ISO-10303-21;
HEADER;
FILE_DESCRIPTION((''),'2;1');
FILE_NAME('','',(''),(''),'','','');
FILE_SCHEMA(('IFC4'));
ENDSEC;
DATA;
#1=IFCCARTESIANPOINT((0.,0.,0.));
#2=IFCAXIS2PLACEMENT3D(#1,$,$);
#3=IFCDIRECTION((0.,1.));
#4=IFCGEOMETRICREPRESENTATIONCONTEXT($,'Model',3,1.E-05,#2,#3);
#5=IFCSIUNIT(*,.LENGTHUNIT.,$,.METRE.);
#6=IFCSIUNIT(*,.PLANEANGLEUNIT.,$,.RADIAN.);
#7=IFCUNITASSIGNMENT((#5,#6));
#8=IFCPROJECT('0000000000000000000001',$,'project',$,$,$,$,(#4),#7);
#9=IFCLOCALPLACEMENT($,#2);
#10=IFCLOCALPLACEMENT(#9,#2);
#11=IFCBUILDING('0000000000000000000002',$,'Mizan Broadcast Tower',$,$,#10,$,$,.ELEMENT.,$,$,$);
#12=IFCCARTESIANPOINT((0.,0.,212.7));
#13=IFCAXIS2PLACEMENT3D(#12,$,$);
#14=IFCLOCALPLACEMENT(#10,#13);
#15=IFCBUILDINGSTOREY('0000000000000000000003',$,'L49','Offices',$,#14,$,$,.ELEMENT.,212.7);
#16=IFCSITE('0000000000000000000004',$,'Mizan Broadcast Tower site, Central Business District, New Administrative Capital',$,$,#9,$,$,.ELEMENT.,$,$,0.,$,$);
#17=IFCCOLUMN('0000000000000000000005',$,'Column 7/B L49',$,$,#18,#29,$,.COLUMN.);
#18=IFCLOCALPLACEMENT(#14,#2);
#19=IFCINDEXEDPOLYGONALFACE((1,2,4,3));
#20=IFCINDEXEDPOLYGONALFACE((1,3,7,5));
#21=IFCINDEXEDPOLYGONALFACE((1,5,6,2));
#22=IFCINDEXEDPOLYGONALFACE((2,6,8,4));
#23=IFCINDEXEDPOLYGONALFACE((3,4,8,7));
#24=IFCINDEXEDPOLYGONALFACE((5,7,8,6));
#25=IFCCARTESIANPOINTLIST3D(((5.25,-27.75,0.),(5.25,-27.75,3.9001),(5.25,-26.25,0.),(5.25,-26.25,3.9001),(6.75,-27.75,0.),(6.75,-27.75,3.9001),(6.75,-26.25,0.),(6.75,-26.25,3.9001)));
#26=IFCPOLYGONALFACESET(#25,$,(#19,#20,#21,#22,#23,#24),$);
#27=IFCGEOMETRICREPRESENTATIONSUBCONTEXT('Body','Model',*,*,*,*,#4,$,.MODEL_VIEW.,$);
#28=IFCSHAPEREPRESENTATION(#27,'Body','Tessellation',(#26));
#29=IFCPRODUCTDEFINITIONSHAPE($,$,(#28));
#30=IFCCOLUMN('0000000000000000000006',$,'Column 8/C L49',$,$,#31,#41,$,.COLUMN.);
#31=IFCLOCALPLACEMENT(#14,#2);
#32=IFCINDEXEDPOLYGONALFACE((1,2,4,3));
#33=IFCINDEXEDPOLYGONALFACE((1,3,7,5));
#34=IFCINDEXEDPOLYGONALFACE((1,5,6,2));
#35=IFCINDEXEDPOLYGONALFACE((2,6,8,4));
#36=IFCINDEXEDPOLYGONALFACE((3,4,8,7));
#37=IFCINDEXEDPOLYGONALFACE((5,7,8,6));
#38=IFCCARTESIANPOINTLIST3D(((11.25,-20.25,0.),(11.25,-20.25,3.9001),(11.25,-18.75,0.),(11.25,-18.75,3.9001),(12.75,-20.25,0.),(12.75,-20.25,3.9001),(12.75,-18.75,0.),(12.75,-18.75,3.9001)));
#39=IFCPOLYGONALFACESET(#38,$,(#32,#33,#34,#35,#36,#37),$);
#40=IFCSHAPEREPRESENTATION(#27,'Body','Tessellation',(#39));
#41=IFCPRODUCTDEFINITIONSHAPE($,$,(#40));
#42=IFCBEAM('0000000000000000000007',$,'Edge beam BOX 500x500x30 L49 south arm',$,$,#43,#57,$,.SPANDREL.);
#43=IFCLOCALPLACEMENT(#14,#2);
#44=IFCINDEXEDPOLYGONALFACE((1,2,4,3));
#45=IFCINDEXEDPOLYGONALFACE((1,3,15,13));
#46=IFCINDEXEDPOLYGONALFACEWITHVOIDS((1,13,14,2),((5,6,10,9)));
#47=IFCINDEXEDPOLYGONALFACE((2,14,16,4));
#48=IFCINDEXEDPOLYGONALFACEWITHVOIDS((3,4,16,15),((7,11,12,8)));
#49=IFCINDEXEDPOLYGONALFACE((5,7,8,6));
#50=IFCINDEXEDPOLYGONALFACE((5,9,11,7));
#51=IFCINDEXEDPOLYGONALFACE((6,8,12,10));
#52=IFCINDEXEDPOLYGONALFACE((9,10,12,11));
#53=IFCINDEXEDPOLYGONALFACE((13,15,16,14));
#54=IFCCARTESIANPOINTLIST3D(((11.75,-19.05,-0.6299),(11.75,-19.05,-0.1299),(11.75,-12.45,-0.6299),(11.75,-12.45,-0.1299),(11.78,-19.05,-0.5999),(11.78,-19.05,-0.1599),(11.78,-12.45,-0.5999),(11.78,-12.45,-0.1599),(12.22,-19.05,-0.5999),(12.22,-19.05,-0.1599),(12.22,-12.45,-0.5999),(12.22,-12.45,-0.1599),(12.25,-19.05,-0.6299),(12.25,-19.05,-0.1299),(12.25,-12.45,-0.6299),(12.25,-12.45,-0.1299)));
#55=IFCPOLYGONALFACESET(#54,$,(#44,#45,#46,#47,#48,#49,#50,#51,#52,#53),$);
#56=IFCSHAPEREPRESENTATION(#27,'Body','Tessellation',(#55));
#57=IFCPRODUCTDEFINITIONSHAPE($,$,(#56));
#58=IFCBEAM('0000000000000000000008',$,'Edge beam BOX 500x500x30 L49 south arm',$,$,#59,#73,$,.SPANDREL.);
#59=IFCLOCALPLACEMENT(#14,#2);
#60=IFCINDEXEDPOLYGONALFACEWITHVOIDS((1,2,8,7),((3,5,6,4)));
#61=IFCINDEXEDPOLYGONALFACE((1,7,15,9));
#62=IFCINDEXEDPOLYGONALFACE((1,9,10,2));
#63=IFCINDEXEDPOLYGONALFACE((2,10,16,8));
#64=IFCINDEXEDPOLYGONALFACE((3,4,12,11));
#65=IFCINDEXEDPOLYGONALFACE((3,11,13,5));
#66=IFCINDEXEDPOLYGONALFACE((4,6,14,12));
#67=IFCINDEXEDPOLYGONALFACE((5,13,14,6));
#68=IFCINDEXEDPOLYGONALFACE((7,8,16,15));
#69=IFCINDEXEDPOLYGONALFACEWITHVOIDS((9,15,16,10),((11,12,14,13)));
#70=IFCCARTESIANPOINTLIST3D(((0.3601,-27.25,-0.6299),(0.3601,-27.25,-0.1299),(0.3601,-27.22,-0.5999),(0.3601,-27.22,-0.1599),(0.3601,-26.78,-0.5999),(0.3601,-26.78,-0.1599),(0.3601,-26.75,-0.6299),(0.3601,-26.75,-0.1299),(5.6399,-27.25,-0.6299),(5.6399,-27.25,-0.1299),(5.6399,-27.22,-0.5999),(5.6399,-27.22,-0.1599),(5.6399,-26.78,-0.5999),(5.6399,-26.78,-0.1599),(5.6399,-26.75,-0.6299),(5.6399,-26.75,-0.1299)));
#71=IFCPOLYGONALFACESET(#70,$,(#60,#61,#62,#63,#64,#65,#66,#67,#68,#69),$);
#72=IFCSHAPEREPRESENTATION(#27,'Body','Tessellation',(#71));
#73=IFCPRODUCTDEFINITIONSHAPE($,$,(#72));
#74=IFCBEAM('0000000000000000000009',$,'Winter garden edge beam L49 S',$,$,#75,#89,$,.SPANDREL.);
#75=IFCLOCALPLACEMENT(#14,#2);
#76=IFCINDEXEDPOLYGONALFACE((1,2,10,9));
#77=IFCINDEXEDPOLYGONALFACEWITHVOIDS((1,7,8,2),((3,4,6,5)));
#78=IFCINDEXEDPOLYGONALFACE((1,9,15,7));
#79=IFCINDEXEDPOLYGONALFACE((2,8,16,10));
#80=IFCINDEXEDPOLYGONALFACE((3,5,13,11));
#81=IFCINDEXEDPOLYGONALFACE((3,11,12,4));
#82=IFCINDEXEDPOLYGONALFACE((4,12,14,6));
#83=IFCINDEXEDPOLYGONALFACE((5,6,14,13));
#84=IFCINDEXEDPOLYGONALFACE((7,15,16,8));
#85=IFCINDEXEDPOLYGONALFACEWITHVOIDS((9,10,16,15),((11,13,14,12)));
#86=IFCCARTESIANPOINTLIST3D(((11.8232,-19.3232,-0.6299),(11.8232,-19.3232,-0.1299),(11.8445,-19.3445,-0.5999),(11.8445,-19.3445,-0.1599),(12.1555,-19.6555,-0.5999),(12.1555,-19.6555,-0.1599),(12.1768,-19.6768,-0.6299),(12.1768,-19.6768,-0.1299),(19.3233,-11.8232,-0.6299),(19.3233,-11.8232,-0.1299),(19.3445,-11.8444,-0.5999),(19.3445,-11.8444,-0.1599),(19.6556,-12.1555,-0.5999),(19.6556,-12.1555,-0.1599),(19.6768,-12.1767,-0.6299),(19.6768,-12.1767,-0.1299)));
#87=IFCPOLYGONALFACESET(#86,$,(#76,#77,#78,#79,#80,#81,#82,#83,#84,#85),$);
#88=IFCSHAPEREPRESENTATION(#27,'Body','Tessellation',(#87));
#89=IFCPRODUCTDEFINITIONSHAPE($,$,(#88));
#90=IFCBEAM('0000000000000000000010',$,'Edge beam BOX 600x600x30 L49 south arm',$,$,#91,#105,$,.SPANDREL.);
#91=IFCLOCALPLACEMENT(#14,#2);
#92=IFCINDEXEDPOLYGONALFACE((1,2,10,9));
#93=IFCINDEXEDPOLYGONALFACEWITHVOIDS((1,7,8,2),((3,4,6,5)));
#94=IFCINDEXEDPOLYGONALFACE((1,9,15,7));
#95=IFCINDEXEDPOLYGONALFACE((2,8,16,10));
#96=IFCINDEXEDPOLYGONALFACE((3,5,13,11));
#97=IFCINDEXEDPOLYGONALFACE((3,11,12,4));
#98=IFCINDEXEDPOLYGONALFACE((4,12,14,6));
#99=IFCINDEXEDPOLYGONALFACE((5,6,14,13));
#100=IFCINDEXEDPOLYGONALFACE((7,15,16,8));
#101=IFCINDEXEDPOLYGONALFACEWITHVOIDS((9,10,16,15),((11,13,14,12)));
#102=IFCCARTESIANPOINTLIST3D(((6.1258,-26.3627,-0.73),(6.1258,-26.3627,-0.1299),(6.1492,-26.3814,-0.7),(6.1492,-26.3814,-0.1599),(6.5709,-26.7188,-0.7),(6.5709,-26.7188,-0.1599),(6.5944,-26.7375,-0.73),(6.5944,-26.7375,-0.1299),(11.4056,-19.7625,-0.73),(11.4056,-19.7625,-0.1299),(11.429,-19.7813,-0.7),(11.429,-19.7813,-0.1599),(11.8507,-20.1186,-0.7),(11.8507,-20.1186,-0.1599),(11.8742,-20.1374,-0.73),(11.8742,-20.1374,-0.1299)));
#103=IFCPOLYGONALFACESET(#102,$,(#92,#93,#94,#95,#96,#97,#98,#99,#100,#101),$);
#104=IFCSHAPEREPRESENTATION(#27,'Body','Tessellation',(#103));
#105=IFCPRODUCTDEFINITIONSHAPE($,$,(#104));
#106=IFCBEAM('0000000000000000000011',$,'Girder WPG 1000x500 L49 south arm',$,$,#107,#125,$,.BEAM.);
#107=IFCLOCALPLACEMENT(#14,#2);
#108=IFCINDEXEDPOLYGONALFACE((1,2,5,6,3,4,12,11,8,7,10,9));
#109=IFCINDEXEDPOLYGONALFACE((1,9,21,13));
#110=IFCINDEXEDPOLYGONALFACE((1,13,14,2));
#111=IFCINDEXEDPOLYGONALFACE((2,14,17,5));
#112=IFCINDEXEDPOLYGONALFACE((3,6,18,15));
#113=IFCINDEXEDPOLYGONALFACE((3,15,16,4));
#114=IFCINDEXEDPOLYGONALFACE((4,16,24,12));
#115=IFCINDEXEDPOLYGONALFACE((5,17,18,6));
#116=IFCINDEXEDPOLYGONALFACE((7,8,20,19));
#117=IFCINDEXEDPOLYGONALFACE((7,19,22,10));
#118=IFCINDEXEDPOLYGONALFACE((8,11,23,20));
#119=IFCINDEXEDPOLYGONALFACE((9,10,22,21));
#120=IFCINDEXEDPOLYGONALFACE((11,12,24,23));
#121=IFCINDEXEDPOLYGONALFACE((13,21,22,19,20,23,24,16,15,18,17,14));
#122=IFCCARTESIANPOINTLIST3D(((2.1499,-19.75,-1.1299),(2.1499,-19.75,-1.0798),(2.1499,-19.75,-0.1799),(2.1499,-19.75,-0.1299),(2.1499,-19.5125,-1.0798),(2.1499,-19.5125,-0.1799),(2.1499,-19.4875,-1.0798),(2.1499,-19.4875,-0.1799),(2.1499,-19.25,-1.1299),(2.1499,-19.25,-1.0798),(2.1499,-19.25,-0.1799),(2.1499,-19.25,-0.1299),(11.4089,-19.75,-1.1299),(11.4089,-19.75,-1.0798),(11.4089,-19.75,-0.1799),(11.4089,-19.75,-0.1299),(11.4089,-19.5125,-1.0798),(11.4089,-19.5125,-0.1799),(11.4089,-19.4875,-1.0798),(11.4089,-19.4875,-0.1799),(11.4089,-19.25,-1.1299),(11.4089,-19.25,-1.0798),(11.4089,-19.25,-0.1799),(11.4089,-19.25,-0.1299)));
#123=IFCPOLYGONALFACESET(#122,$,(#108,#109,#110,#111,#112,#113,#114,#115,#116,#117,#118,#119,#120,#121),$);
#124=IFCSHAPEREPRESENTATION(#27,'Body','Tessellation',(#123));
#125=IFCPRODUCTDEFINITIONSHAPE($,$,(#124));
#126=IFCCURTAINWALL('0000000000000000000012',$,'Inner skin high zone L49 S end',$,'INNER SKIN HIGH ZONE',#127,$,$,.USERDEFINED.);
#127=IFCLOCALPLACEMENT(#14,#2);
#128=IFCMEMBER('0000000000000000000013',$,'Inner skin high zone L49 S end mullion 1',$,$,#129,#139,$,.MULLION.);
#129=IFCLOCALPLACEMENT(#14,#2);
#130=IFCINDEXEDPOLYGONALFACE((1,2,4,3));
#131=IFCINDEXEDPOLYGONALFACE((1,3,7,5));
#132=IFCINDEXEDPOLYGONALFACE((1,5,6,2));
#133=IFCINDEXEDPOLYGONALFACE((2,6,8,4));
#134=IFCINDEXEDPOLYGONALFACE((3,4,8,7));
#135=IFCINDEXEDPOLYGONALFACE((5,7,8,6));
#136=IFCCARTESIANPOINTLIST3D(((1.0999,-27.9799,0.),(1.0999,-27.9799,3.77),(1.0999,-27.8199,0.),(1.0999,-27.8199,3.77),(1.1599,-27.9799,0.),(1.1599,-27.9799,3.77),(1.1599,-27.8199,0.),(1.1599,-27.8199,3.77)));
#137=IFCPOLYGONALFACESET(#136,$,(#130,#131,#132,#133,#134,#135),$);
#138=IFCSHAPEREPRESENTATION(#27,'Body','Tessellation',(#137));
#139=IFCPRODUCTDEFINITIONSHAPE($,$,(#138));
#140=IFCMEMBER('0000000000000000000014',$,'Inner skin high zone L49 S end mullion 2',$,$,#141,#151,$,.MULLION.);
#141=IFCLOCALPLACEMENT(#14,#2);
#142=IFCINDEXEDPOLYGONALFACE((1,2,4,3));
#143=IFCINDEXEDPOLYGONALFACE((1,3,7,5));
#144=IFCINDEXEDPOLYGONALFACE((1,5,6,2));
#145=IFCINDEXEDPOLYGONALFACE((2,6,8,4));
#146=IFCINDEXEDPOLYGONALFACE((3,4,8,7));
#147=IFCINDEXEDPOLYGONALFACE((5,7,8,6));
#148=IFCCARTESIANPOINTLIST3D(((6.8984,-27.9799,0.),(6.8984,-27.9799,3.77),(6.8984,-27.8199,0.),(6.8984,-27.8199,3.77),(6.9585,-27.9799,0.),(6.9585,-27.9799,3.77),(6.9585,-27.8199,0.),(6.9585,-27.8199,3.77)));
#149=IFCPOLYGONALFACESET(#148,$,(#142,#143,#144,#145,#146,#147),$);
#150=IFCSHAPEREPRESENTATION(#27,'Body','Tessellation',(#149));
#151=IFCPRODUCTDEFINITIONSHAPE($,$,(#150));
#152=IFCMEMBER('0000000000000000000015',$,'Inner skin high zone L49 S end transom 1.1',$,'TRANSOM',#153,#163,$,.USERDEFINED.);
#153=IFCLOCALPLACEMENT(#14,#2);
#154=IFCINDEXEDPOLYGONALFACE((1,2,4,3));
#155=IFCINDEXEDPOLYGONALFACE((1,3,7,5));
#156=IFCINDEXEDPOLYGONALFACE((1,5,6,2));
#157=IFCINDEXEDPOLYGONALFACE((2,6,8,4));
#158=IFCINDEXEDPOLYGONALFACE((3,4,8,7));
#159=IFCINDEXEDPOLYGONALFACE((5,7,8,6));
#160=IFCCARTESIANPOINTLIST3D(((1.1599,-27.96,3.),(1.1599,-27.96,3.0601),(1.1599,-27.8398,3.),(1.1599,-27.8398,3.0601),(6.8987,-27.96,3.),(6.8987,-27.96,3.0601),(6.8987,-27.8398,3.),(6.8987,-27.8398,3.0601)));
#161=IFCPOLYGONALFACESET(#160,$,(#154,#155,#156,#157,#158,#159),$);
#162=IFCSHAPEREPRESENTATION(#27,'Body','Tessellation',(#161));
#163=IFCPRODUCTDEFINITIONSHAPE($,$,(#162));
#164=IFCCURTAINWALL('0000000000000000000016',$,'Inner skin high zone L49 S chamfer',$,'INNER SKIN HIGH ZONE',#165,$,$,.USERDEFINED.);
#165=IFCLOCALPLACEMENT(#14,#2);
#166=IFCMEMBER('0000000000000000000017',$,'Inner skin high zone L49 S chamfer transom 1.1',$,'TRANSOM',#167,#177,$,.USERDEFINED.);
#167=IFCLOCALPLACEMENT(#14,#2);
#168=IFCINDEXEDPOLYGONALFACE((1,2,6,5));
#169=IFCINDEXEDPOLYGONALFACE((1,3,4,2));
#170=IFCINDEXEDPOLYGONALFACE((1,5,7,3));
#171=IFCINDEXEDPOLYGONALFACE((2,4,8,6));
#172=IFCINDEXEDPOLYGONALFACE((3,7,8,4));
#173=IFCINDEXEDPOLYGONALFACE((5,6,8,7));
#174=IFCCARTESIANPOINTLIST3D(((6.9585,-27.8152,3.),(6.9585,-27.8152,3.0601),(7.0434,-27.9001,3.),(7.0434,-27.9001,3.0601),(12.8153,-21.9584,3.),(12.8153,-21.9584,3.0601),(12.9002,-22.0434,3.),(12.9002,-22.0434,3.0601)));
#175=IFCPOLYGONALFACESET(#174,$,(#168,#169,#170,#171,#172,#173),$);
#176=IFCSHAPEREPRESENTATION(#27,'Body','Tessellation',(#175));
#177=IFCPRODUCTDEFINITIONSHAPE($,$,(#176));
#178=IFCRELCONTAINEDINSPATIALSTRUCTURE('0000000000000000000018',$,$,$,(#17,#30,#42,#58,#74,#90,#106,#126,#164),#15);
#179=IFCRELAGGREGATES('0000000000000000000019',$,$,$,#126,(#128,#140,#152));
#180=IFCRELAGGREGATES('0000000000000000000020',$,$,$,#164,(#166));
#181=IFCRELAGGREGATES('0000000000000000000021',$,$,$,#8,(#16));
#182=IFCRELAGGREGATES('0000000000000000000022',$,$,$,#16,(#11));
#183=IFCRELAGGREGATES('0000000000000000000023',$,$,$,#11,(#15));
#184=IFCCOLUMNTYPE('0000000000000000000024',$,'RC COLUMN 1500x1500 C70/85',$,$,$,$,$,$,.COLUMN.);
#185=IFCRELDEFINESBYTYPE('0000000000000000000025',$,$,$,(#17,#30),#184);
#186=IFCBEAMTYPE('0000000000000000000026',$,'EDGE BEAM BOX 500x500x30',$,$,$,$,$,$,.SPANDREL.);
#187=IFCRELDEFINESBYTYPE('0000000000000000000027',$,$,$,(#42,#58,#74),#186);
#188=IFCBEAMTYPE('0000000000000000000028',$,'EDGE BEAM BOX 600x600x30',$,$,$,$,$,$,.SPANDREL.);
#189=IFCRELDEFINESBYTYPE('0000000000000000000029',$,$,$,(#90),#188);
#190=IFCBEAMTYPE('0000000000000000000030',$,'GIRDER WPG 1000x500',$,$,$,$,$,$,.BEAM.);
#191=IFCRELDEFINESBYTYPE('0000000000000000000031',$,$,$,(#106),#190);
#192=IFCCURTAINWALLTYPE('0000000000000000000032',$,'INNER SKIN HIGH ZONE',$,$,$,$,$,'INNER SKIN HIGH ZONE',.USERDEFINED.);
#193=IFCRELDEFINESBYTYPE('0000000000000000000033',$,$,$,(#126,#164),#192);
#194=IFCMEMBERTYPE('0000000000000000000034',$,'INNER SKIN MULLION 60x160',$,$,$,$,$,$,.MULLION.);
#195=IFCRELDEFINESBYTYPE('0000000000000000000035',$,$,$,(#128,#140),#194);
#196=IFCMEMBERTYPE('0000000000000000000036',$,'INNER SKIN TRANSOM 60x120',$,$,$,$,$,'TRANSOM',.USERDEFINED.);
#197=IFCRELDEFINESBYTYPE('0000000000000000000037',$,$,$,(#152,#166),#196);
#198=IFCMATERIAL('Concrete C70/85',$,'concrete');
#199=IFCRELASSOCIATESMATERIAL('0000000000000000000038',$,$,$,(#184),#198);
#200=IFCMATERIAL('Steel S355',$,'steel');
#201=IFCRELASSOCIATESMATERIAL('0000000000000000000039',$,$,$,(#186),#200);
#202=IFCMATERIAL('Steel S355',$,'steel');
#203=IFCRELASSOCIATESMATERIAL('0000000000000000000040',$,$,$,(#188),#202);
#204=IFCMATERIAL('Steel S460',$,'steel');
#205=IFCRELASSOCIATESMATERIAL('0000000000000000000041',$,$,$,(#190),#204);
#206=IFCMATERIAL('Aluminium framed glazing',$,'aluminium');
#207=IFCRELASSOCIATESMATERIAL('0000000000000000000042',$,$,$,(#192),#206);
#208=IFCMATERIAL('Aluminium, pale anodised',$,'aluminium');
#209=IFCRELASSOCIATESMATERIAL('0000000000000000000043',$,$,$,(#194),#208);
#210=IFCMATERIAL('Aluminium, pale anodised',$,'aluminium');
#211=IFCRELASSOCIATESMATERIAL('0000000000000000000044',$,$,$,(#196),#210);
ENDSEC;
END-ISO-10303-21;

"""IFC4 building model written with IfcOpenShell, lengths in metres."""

from ifc_helpers import new_model, si_unit, direction, frame, origin, origin_2d, place, context, subcontext, project, spatial, rectangle, hollow_rectangle, i_section, extrude, material, material_profile, profile_set, type_object, element, aggregate, save


model = new_model("IFC4")

# Units and contexts
model_context = context("Model", 3, precision=1e-05, world=origin(), true_north=direction((0.0, 1.0)))
body_context = subcontext(model_context, "Body", "Model", "MODEL_VIEW")
ifc_project = project(units=[si_unit("LENGTHUNIT", "METRE"), si_unit("PLANEANGLEUNIT", "RADIAN")], contexts=[model_context])

# Site, building, storey
site_placement = place(None, origin())
site = spatial("IfcSite", under=ifc_project, at=site_placement, Name="Mizan Broadcast Tower site, Central Business District, New Administrative Capital", CompositionType="ELEMENT", RefElevation=0.0)
building_placement = place(site_placement, origin())
building = spatial("IfcBuilding", under=site, at=building_placement, Name="Mizan Broadcast Tower", CompositionType="ELEMENT")
storey_placement = place(building_placement, frame((0.0, 0.0, 212.7)))
storey = spatial("IfcBuildingStorey", under=building, at=storey_placement, Name="L49", Description="Offices", CompositionType="ELEMENT", Elevation=212.7)

# Columns
ifc_material_1 = material(Name="Concrete C70/85", Category="concrete")
ifc_material_profile_1 = material_profile(ifc_material_1, rectangle(XDim=1.5, YDim=1.5, at=origin_2d()), Name="RC 1500x1500")
ifc_profile_set_1 = profile_set([ifc_material_profile_1], Name="Concrete C70/85")
column_type = type_object("IfcColumnType", Name="RC COLUMN 1500x1500 C70/85", PredefinedType="COLUMN", material=ifc_profile_set_1)
for number, where, z_axis, x_axis, name in (
    (1, (6.0, -27.0, 0.0), (0.0, 0.0, 1.0), (1.0, 0.0, 0.0), "Column 7/B L49"),
    (2, (12.0, -19.5, 0.0), (0.0, 0.0, 1.0), (1.0, 0.0, 0.0), "Column 8/C L49"),
):
    element("IfcColumn", number, at=place(storey_placement, frame(where, z_axis=z_axis, x_axis=x_axis)), inside=storey, type_object=column_type, Name=name, PredefinedType="COLUMN", context=body_context, shape_type="SweptSolid", body=[
        extrude(rectangle(XDim=1.5, YDim=1.5, at=origin_2d()), origin(), (0.0, 0.0, 1.0), 3.9001),
    ])

# Beams
ifc_material_2 = material(Name="Steel S355", Category="steel")
ifc_material_profile_2 = material_profile(ifc_material_2, hollow_rectangle(XDim=0.5, YDim=0.5, WallThickness=0.03, at=origin_2d()), Name="BOX 500x500x30")
ifc_profile_set_2 = profile_set([ifc_material_profile_2], Name="Steel S355")
beam_type_1 = type_object("IfcBeamType", Name="EDGE BEAM BOX 500x500x30", PredefinedType="SPANDREL", material=ifc_profile_set_2)
beam_1_placement = place(storey_placement, frame((12.0, -12.45, -0.3799), z_axis=(0.0, -1.0, 0.0), x_axis=(1.0, 0.0, 0.0)))
element("IfcBeam", 3, at=beam_1_placement, inside=storey, type_object=beam_type_1, Name="Edge beam BOX 500x500x30 L49 south arm", PredefinedType="SPANDREL", context=body_context, shape_type="SweptSolid", body=[
    extrude(hollow_rectangle(XDim=0.5, YDim=0.5, WallThickness=0.03, at=origin_2d()), origin(), (0.0, 0.0, 1.0), 6.6001),
])
beam_2_placement = place(storey_placement, frame((5.6399, -27.0, -0.3799), z_axis=(-1.0, 0.0, 0.0), x_axis=(0.0, -1.0, 0.0)))
element("IfcBeam", 4, at=beam_2_placement, inside=storey, type_object=beam_type_1, Name="Edge beam BOX 500x500x30 L49 south arm", PredefinedType="SPANDREL", context=body_context, shape_type="SweptSolid", body=[
    extrude(hollow_rectangle(XDim=0.5, YDim=0.5, WallThickness=0.03, at=origin_2d()), origin(), (0.0, 0.0, 1.0), 5.2798),
])
beam_3_placement = place(storey_placement, frame((12.0, -19.5, -0.3799), z_axis=(0.707107, 0.707107, 0.0), x_axis=(-0.707107, 0.707107, 0.0)))
element("IfcBeam", 5, at=beam_3_placement, inside=storey, type_object=beam_type_1, Name="Winter garden edge beam L49 S", PredefinedType="SPANDREL", context=body_context, shape_type="SweptSolid", body=[
    extrude(hollow_rectangle(XDim=0.5, YDim=0.5, WallThickness=0.03, at=origin_2d()), origin(), (0.0, 0.0, 1.0), 10.6067),
])
ifc_material_3 = material(Name="Steel S355", Category="steel")
ifc_material_profile_3 = material_profile(ifc_material_3, hollow_rectangle(XDim=0.6001, YDim=0.6001, WallThickness=0.03, at=origin_2d()), Name="BOX 600x600x30")
ifc_profile_set_3 = profile_set([ifc_material_profile_3], Name="Steel S355")
beam_type_2 = type_object("IfcBeamType", Name="EDGE BEAM BOX 600x600x30", PredefinedType="SPANDREL", material=ifc_profile_set_3)
beam_4_placement = place(storey_placement, frame((11.6399, -19.95, -0.4299), z_axis=(-0.624674, -0.780886, 0.0), x_axis=(0.780886, -0.624674, 0.0)))
element("IfcBeam", 6, at=beam_4_placement, inside=storey, type_object=beam_type_2, Name="Edge beam BOX 600x600x30 L49 south arm", PredefinedType="SPANDREL", context=body_context, shape_type="SweptSolid", body=[
    extrude(hollow_rectangle(XDim=0.6001, YDim=0.6001, WallThickness=0.03, at=origin_2d()), origin(), (0.0, 0.0, 1.0), 8.4521),
])
ifc_material_4 = material(Name="Steel S460", Category="steel")
ifc_material_profile_4 = material_profile(ifc_material_4, i_section(OverallWidth=0.5, OverallDepth=1.0, WebThickness=0.0249, FlangeThickness=0.05, at=origin_2d()), Name="WPG 1000x500")
ifc_profile_set_4 = profile_set([ifc_material_profile_4], Name="Steel S460")
beam_type_3 = type_object("IfcBeamType", Name="GIRDER WPG 1000x500", PredefinedType="BEAM", material=ifc_profile_set_4)
beam_5_placement = place(storey_placement, frame((11.4089, -19.5, -0.6299), z_axis=(-1.0, 0.0, 0.0), x_axis=(0.0, -1.0, 0.0)))
element("IfcBeam", 7, at=beam_5_placement, inside=storey, type_object=beam_type_3, Name="Girder WPG 1000x500 L49 south arm", PredefinedType="BEAM", context=body_context, shape_type="SweptSolid", body=[
    extrude(i_section(OverallWidth=0.5, OverallDepth=1.0, WebThickness=0.0249, FlangeThickness=0.05, at=origin_2d()), origin(), (0.0, 0.0, 1.0), 9.259),
])

# Curtain wall, members
ifc_material_5 = material(Name="Aluminium framed glazing", Category="aluminium")
curtain_wall_type_1 = type_object("IfcCurtainWallType", Name="INNER SKIN HIGH ZONE", ElementType="INNER SKIN HIGH ZONE", PredefinedType="USERDEFINED", material=ifc_material_5)
curtain_wall_1_placement = place(storey_placement, origin())
curtain_wall_1 = element("IfcCurtainWall", 8, at=curtain_wall_1_placement, inside=storey, type_object=curtain_wall_type_1, Name="Inner skin high zone L49 S end", ObjectType="INNER SKIN HIGH ZONE", PredefinedType="USERDEFINED")
ifc_material_6 = material(Name="Aluminium, pale anodised", Category="aluminium")
ifc_material_profile_5 = material_profile(ifc_material_6, rectangle(XDim=0.1599, YDim=0.0601, at=origin_2d()), Name="MULLION 160x60")
ifc_profile_set_5 = profile_set([ifc_material_profile_5], Name="Aluminium, pale anodised")
member_type_1 = type_object("IfcMemberType", Name="INNER SKIN MULLION 60x160", PredefinedType="MULLION", material=ifc_profile_set_5)
member_1_placement = place(storey_placement, frame((1.1299, -27.8999, 0.0), z_axis=(0.0, 0.0, 1.0), x_axis=(0.0, 1.0, 0.0)))
member_1 = element("IfcMember", 9, at=member_1_placement, type_object=member_type_1, Name="Inner skin high zone L49 S end mullion 1", PredefinedType="MULLION", context=body_context, shape_type="SweptSolid", body=[
    extrude(rectangle(XDim=0.1599, YDim=0.0601, at=origin_2d()), origin(), (0.0, 0.0, 1.0), 3.77),
])
member_2_placement = place(storey_placement, frame((6.9285, -27.8999, 0.0), z_axis=(0.0, 0.0, 1.0), x_axis=(0.0, 1.0, 0.0)))
member_2 = element("IfcMember", 10, at=member_2_placement, type_object=member_type_1, Name="Inner skin high zone L49 S end mullion 2", PredefinedType="MULLION", context=body_context, shape_type="SweptSolid", body=[
    extrude(rectangle(XDim=0.1599, YDim=0.0601, at=origin_2d()), origin(), (0.0, 0.0, 1.0), 3.77),
])
ifc_material_7 = material(Name="Aluminium, pale anodised", Category="aluminium")
ifc_material_profile_6 = material_profile(ifc_material_7, rectangle(XDim=0.1201, YDim=0.0601, at=origin_2d()), Name="TRANSOM 120x60")
ifc_profile_set_6 = profile_set([ifc_material_profile_6], Name="Aluminium, pale anodised")
member_type_2 = type_object("IfcMemberType", Name="INNER SKIN TRANSOM 60x120", ElementType="TRANSOM", PredefinedType="USERDEFINED", material=ifc_profile_set_6)
member_3_placement = place(storey_placement, frame((1.1599, -27.8999, 3.03), z_axis=(1.0, 0.0, 0.0), x_axis=(0.0, 1.0, 0.0)))
member_3 = element("IfcMember", 11, at=member_3_placement, type_object=member_type_2, Name="Inner skin high zone L49 S end transom 1.1", ObjectType="TRANSOM", PredefinedType="USERDEFINED", context=body_context, shape_type="SweptSolid", body=[
    extrude(rectangle(XDim=0.1201, YDim=0.0601, at=origin_2d()), origin(), (0.0, 0.0, 1.0), 5.7388),
])

# Curtain wall, member
curtain_wall_2_placement = place(storey_placement, origin())
curtain_wall_2 = element("IfcCurtainWall", 12, at=curtain_wall_2_placement, inside=storey, type_object=curtain_wall_type_1, Name="Inner skin high zone L49 S chamfer", ObjectType="INNER SKIN HIGH ZONE", PredefinedType="USERDEFINED")
member_4_placement = place(storey_placement, frame((7.001, -27.8577, 3.03), z_axis=(0.707107, 0.707107, 0.0), x_axis=(-0.707107, 0.707107, 0.0)))
member_4 = element("IfcMember", 13, at=member_4_placement, type_object=member_type_2, Name="Inner skin high zone L49 S chamfer transom 1.1", ObjectType="TRANSOM", PredefinedType="USERDEFINED", context=body_context, shape_type="SweptSolid", body=[
    extrude(rectangle(XDim=0.1201, YDim=0.0601, at=origin_2d()), origin(), (0.0, 0.0, 1.0), 8.2827),
])

aggregate(curtain_wall_1, [member_1, member_2, member_3])
aggregate(curtain_wall_2, [member_4])

save(model, "model.ifc")
